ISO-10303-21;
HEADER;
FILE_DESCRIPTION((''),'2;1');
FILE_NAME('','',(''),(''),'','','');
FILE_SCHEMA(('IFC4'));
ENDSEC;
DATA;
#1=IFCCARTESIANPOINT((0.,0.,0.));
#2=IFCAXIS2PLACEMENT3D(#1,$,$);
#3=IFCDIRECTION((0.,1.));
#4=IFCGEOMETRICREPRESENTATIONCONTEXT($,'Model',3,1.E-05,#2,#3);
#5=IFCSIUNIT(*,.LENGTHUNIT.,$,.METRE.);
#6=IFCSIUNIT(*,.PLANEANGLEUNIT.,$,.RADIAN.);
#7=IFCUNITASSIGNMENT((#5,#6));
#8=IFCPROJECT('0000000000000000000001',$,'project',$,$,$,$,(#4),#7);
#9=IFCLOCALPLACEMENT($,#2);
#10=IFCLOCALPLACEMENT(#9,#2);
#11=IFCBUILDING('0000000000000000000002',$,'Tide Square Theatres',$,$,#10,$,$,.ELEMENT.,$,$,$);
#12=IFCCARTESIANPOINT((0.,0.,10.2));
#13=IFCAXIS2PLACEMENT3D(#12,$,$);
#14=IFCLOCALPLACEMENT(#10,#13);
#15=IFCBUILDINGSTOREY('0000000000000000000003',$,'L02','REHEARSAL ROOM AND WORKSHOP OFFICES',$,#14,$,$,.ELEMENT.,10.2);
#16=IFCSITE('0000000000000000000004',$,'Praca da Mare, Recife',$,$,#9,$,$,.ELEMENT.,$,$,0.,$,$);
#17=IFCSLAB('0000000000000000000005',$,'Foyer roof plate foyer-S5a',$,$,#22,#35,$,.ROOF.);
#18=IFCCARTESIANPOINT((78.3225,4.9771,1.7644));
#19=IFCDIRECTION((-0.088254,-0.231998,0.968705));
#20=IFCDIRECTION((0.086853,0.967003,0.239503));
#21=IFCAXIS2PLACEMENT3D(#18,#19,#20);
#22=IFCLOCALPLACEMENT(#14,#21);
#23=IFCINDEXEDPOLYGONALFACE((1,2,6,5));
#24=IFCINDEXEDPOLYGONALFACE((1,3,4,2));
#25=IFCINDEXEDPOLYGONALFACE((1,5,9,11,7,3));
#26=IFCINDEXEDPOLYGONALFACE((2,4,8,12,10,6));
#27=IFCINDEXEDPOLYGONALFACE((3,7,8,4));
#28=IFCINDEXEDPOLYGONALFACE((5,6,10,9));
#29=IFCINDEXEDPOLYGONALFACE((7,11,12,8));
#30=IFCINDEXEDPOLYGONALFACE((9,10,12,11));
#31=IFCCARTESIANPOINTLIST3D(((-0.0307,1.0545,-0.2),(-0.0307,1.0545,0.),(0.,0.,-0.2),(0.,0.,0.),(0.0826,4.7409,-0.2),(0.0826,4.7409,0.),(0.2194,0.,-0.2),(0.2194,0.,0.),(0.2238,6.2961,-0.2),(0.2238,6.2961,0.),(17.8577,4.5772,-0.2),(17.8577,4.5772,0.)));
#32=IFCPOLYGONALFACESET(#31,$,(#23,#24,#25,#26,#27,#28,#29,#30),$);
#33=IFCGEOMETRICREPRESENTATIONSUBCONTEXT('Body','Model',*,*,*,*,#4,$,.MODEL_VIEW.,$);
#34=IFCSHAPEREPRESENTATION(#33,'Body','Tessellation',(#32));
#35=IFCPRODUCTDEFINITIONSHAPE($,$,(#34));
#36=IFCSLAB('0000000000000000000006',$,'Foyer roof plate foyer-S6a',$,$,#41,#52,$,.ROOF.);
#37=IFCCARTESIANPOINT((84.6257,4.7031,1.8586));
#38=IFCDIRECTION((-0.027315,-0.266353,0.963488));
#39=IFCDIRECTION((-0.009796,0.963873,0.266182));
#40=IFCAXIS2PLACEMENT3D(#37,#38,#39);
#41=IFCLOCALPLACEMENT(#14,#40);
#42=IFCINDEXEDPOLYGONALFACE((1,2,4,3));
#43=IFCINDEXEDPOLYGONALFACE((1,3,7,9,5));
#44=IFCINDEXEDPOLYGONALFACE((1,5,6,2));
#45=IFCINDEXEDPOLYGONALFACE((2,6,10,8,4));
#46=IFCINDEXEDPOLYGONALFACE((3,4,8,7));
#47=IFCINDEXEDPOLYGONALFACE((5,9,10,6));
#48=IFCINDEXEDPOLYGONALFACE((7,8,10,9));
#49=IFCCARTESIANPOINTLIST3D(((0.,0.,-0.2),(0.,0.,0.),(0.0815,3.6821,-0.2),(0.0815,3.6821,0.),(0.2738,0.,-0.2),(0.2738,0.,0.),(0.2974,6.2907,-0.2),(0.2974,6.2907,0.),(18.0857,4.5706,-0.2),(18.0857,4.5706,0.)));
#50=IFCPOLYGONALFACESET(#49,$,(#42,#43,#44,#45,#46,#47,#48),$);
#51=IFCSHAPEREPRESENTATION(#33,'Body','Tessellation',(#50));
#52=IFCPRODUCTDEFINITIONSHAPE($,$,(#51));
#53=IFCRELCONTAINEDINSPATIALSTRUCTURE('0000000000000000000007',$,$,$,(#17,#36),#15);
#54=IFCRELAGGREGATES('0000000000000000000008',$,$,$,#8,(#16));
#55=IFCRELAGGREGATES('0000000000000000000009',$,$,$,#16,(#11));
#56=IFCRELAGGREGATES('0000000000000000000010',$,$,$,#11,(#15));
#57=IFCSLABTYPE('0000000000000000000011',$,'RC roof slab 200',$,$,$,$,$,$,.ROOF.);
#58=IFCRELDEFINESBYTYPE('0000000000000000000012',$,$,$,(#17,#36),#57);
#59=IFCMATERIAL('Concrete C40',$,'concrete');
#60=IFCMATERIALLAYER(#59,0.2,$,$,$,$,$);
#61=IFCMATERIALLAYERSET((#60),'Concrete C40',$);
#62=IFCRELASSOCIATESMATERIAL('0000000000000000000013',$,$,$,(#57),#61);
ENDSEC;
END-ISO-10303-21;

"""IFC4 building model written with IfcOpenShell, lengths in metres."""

from ifc_helpers import new_model, si_unit, direction, frame, origin, place, context, subcontext, project, spatial, polyline, outline, extrude, material, layer, layer_set, type_object, element, save


model = new_model("IFC4")

# Units and contexts
model_context = context("Model", 3, precision=1e-05, world=origin(), true_north=direction((0.0, 1.0)))
body_context = subcontext(model_context, "Body", "Model", "MODEL_VIEW")
ifc_project = project(units=[si_unit("LENGTHUNIT", "METRE"), si_unit("PLANEANGLEUNIT", "RADIAN")], contexts=[model_context])

# Site, building, storey
site_placement = place(None, origin())
site = spatial("IfcSite", under=ifc_project, at=site_placement, Name="Praca da Mare, Recife", CompositionType="ELEMENT", RefElevation=0.0)
building_placement = place(site_placement, origin())
building = spatial("IfcBuilding", under=site, at=building_placement, Name="Tide Square Theatres", CompositionType="ELEMENT")
storey_placement = place(building_placement, frame((0.0, 0.0, 10.2)))
storey = spatial("IfcBuildingStorey", under=building, at=storey_placement, Name="L02", Description="REHEARSAL ROOM AND WORKSHOP OFFICES", CompositionType="ELEMENT", Elevation=10.2)

# Slabs
ifc_material_1 = material(Name="Concrete C40", Category="concrete")
ifc_layer_1 = layer(ifc_material_1, 0.2)
ifc_layer_set_1 = layer_set([ifc_layer_1], Name="Concrete C40")
slab_type = type_object("IfcSlabType", Name="RC roof slab 200", PredefinedType="ROOF", material=ifc_layer_set_1)
slab_1_placement = place(storey_placement, frame((78.3225, 4.9771, 1.7644), z_axis=(-0.088254, -0.231998, 0.968705), x_axis=(0.086853, 0.967003, 0.239503)))
element("IfcSlab", 1, at=slab_1_placement, inside=storey, type_object=slab_type, Name="Foyer roof plate foyer-S5a", PredefinedType="ROOF", context=body_context, shape_type="SweptSolid", body=[
    extrude(outline(polyline([(0.0, 0.0), (0.2194, 0.0), (17.8577, 4.5772), (0.2238, 6.2961), (0.0826, 4.7409), (-0.0307, 1.0545), (0.0, 0.0)])), origin(), (0.0, 0.0, -1.0), 0.2),
])
slab_2_placement = place(storey_placement, frame((84.6257, 4.7031, 1.8586), z_axis=(-0.027315, -0.266353, 0.963488), x_axis=(-0.009796, 0.963873, 0.266182)))
element("IfcSlab", 2, at=slab_2_placement, inside=storey, type_object=slab_type, Name="Foyer roof plate foyer-S6a", PredefinedType="ROOF", context=body_context, shape_type="SweptSolid", body=[
    extrude(outline(polyline([(0.0, 0.0), (0.2738, 0.0), (18.0857, 4.5706), (0.2974, 6.2907), (0.0815, 3.6821), (0.0, 0.0)])), origin(), (0.0, 0.0, -1.0), 0.2),
])

save(model, "model.ifc")
